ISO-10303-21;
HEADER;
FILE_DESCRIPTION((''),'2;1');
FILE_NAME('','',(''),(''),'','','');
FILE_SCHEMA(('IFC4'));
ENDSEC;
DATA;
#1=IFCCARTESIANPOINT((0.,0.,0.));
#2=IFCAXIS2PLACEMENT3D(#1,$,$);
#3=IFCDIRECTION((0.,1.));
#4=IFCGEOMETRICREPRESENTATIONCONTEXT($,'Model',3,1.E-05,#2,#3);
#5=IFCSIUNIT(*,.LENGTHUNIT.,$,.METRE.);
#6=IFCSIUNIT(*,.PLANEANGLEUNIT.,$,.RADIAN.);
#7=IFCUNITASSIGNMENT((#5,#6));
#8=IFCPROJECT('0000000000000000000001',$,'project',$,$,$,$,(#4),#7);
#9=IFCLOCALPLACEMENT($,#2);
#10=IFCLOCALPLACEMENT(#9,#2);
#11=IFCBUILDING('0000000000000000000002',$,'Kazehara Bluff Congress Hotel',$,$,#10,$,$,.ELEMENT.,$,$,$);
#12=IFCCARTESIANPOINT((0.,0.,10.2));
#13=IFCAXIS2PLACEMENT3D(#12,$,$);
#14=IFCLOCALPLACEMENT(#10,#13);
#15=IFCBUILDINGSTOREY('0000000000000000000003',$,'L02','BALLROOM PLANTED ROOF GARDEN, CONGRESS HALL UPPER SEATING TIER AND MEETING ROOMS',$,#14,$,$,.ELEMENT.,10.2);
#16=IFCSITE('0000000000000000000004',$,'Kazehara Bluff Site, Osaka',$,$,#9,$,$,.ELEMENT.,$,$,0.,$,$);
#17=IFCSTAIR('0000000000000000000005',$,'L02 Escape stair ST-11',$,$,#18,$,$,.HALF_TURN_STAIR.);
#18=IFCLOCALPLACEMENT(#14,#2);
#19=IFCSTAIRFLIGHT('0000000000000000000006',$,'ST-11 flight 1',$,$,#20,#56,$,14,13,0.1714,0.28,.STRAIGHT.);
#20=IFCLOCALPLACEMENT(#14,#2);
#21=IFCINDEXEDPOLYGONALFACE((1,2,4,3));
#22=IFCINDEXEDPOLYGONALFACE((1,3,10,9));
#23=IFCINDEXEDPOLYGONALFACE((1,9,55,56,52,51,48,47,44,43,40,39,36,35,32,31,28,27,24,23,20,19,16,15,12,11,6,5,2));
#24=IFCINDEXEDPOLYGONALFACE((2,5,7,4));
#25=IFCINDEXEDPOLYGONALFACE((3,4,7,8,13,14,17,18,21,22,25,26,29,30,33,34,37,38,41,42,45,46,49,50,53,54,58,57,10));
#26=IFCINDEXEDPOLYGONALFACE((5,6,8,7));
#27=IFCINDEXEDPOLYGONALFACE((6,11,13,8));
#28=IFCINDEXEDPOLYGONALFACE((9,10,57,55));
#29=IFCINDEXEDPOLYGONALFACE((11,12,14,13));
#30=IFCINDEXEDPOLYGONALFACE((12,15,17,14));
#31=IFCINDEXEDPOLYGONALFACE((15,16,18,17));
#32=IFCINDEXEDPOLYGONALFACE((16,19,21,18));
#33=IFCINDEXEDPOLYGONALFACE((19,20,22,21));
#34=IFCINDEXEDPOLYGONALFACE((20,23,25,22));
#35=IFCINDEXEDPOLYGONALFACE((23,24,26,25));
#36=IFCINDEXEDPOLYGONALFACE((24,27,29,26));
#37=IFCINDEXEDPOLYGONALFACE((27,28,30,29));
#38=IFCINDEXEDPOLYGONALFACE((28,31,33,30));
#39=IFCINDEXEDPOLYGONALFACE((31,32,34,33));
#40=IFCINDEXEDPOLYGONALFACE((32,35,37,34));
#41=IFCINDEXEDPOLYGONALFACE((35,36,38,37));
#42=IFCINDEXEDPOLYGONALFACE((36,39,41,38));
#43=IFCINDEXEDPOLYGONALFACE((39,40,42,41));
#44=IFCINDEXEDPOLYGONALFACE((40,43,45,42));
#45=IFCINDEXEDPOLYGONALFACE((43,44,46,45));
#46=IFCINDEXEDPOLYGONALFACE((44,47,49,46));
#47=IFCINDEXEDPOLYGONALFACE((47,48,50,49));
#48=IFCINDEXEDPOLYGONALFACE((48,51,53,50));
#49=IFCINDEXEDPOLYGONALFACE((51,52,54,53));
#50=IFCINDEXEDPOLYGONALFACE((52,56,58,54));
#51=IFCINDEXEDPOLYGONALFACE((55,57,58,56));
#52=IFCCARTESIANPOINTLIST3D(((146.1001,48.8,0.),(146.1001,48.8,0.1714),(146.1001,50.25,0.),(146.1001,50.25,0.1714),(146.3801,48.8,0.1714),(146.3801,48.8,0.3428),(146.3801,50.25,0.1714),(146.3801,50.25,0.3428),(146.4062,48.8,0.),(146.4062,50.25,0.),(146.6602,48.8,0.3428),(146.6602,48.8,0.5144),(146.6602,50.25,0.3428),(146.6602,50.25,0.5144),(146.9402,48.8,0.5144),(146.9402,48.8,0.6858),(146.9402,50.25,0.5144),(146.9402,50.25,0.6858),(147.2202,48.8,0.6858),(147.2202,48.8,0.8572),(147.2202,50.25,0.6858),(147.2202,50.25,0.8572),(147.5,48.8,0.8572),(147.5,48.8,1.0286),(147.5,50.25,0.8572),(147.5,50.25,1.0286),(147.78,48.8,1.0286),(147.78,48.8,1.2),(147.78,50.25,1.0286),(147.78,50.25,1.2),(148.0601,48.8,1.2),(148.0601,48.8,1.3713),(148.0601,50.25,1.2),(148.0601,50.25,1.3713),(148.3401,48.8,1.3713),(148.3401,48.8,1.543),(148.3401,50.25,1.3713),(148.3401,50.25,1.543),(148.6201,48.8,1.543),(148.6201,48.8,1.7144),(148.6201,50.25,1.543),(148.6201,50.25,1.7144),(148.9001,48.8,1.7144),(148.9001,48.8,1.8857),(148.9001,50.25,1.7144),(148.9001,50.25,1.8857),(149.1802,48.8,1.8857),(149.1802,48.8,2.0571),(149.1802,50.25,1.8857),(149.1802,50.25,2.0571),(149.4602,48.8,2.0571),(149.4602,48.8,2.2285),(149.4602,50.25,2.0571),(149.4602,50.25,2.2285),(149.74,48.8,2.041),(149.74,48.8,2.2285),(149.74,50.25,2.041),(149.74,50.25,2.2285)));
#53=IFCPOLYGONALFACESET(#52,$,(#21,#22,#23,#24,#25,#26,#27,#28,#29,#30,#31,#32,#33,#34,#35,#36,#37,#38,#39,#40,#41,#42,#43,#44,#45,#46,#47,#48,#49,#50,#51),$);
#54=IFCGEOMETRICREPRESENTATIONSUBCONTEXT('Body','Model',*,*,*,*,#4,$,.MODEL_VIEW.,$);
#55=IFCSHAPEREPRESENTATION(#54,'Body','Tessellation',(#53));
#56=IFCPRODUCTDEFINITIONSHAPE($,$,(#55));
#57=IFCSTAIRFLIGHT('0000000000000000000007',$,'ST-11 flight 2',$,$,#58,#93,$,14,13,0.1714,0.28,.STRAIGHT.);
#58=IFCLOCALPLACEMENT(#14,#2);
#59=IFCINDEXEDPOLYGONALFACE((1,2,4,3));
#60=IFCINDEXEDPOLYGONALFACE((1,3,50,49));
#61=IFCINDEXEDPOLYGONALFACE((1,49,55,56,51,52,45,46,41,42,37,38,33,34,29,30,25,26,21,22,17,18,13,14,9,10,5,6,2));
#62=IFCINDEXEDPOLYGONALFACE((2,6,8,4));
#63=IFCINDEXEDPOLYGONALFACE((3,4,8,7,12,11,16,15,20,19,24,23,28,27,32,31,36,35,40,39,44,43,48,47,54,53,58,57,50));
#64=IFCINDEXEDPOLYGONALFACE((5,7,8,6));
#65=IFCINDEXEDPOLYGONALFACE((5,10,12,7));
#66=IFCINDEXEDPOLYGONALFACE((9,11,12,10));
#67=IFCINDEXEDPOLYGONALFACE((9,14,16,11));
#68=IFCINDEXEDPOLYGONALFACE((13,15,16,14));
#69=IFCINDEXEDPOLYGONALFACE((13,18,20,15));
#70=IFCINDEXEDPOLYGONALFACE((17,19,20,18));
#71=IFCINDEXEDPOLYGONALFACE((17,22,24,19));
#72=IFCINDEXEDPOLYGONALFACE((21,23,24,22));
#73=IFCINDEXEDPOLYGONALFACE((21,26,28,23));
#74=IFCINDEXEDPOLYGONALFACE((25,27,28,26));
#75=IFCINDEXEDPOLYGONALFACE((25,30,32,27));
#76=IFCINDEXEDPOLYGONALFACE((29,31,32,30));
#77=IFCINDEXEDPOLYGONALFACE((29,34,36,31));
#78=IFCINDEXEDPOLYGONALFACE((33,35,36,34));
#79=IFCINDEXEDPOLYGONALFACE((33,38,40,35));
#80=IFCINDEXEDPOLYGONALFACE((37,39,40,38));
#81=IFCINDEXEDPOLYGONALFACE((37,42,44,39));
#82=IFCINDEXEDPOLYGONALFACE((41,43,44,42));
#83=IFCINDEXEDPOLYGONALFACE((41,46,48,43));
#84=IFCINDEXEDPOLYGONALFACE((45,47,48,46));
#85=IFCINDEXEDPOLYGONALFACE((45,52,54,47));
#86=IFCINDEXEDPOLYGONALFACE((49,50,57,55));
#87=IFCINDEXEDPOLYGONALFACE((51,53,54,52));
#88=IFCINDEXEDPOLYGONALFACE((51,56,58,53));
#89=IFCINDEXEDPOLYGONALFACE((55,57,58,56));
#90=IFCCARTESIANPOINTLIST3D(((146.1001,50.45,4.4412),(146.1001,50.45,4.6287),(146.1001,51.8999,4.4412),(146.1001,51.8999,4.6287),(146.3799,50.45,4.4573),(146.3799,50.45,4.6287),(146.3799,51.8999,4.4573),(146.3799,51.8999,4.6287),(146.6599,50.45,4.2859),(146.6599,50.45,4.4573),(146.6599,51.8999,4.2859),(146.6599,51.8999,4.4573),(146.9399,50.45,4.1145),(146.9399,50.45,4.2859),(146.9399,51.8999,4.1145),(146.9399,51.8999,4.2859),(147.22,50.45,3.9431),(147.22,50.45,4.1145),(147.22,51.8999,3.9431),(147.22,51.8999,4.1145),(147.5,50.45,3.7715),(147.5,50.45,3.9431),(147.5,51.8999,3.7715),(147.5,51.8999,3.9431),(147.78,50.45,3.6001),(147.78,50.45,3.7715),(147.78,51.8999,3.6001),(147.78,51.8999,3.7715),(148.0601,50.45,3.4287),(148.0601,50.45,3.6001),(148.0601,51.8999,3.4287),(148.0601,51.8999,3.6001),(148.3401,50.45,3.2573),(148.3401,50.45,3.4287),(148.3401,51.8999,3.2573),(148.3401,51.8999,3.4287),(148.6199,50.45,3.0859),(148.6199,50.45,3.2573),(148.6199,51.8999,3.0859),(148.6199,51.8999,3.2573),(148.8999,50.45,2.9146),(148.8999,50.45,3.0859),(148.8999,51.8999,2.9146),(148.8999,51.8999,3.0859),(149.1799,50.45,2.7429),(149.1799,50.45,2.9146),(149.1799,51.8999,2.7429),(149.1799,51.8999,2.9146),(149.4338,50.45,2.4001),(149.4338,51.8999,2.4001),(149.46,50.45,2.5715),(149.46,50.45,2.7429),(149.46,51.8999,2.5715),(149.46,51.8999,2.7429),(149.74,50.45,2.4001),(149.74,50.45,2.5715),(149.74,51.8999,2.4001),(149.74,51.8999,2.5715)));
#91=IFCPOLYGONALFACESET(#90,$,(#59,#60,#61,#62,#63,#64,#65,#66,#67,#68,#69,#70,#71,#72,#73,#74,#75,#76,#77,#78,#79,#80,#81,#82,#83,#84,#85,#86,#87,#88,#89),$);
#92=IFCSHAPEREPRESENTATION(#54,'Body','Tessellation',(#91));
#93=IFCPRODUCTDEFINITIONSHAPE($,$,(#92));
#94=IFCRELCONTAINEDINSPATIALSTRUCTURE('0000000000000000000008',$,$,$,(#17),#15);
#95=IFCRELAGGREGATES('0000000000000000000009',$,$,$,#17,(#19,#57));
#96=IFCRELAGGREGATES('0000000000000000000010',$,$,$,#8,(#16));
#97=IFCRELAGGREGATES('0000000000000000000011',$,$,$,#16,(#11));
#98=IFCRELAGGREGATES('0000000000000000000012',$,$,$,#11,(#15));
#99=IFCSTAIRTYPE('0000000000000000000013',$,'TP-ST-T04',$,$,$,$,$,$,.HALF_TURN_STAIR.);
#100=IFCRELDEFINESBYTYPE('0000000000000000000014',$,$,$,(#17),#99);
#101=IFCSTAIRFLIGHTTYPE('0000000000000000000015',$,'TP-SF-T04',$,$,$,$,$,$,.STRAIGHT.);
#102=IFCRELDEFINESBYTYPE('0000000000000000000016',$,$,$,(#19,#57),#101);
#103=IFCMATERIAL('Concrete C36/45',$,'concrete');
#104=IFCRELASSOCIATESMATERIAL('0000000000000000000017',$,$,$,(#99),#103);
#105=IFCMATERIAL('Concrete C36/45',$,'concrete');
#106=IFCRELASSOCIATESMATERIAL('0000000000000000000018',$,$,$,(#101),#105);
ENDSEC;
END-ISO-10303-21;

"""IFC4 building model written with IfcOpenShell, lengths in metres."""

from ifc_helpers import new_model, si_unit, direction, frame, origin, place, context, subcontext, project, spatial, polyline, outline, extrude, material, type_object, element, aggregate, save


model = new_model("IFC4")

# Units and contexts
model_context = context("Model", 3, precision=1e-05, world=origin(), true_north=direction((0.0, 1.0)))
body_context = subcontext(model_context, "Body", "Model", "MODEL_VIEW")
ifc_project = project(units=[si_unit("LENGTHUNIT", "METRE"), si_unit("PLANEANGLEUNIT", "RADIAN")], contexts=[model_context])

# Site, building, storey
site_placement = place(None, origin())
site = spatial("IfcSite", under=ifc_project, at=site_placement, Name="Kazehara Bluff Site, Osaka", CompositionType="ELEMENT", RefElevation=0.0)
building_placement = place(site_placement, origin())
building = spatial("IfcBuilding", under=site, at=building_placement, Name="Kazehara Bluff Congress Hotel", CompositionType="ELEMENT")
storey_placement = place(building_placement, frame((0.0, 0.0, 10.2)))
storey = spatial("IfcBuildingStorey", under=building, at=storey_placement, Name="L02", Description="BALLROOM PLANTED ROOF GARDEN, CONGRESS HALL UPPER SEATING TIER AND MEETING ROOMS", CompositionType="ELEMENT", Elevation=10.2)

# Stair, stair flights
ifc_material_1 = material(Name="Concrete C36/45", Category="concrete")
stair_type = type_object("IfcStairType", Name="TP-ST-T04", PredefinedType="HALF_TURN_STAIR", material=ifc_material_1)
stair_placement = place(storey_placement, origin())
stair = element("IfcStair", 1, at=stair_placement, inside=storey, type_object=stair_type, Name="L02 Escape stair ST-11", PredefinedType="HALF_TURN_STAIR")
ifc_material_2 = material(Name="Concrete C36/45", Category="concrete")
stair_flight_type = type_object("IfcStairFlightType", Name="TP-SF-T04", PredefinedType="STRAIGHT", material=ifc_material_2)
stair_flight_1_placement = place(storey_placement, frame((146.1001, 49.5249, 0.0), z_axis=(0.0, 0.0, 1.0), x_axis=(1.0, 0.0, 0.0)))
stair_flight_1 = element("IfcStairFlight", 2, at=stair_flight_1_placement, type_object=stair_flight_type, Name="ST-11 flight 1", NumberOfRisers=14, NumberOfTreads=13, PredefinedType="STRAIGHT", RiserHeight=0.1714, TreadLength=0.28, context=body_context, shape_type="SweptSolid", body=[
    extrude(outline(polyline([(0.0, 0.0), (0.0, 0.1714), (0.28, 0.1714), (0.28, 0.3428), (0.5601, 0.3428), (0.5601, 0.5144), (0.8401, 0.5144), (0.8401, 0.6858), (1.1201, 0.6858), (1.1201, 0.8572), (1.3999, 0.8572), (1.3999, 1.0286), (1.6799, 1.0286), (1.6799, 1.2), (1.96, 1.2), (1.96, 1.3713), (2.24, 1.3713), (2.24, 1.543), (2.52, 1.543), (2.52, 1.7144), (2.8, 1.7144), (2.8, 1.8857), (3.0801, 1.8857), (3.0801, 2.0571), (3.3601, 2.0571), (3.3601, 2.2285), (3.6399, 2.2285), (3.6399, 2.3999), (3.6399, 2.041), (0.3062, 0.0), (0.0, 0.0)])), frame((0.0, 0.7251, 0.0), z_axis=(0.0, -1.0, 0.0), x_axis=(1.0, 0.0, 0.0)), (0.0, 0.0, 1.0), 1.45),
])
stair_flight_2_placement = place(storey_placement, frame((149.74, 51.175, 2.4001), z_axis=(0.0, 0.0, 1.0), x_axis=(-1.0, 0.0, 0.0)))
stair_flight_2 = element("IfcStairFlight", 3, at=stair_flight_2_placement, type_object=stair_flight_type, Name="ST-11 flight 2", NumberOfRisers=14, NumberOfTreads=13, PredefinedType="STRAIGHT", RiserHeight=0.1714, TreadLength=0.28, context=body_context, shape_type="SweptSolid", body=[
    extrude(outline(polyline([(0.0, 0.0), (0.0, 0.1714), (0.28, 0.1714), (0.28, 0.3428), (0.5601, 0.3428), (0.5601, 0.5144), (0.8401, 0.5144), (0.8401, 0.6858), (1.1201, 0.6858), (1.1201, 0.8572), (1.3999, 0.8572), (1.3999, 1.0286), (1.6799, 1.0286), (1.6799, 1.2), (1.96, 1.2), (1.96, 1.3713), (2.24, 1.3713), (2.24, 1.543), (2.52, 1.543), (2.52, 1.7144), (2.8, 1.7144), (2.8, 1.8857), (3.0801, 1.8857), (3.0801, 2.0571), (3.3601, 2.0571), (3.3601, 2.2285), (3.6399, 2.2285), (3.6399, 2.3999), (3.6399, 2.041), (0.3062, 0.0), (0.0, 0.0)])), frame((0.0, 0.7251, 0.0), z_axis=(0.0, -1.0, 0.0), x_axis=(1.0, 0.0, 0.0)), (0.0, 0.0, 1.0), 1.45),
])
aggregate(stair, [stair_flight_1, stair_flight_2])

save(model, "model.ifc")
